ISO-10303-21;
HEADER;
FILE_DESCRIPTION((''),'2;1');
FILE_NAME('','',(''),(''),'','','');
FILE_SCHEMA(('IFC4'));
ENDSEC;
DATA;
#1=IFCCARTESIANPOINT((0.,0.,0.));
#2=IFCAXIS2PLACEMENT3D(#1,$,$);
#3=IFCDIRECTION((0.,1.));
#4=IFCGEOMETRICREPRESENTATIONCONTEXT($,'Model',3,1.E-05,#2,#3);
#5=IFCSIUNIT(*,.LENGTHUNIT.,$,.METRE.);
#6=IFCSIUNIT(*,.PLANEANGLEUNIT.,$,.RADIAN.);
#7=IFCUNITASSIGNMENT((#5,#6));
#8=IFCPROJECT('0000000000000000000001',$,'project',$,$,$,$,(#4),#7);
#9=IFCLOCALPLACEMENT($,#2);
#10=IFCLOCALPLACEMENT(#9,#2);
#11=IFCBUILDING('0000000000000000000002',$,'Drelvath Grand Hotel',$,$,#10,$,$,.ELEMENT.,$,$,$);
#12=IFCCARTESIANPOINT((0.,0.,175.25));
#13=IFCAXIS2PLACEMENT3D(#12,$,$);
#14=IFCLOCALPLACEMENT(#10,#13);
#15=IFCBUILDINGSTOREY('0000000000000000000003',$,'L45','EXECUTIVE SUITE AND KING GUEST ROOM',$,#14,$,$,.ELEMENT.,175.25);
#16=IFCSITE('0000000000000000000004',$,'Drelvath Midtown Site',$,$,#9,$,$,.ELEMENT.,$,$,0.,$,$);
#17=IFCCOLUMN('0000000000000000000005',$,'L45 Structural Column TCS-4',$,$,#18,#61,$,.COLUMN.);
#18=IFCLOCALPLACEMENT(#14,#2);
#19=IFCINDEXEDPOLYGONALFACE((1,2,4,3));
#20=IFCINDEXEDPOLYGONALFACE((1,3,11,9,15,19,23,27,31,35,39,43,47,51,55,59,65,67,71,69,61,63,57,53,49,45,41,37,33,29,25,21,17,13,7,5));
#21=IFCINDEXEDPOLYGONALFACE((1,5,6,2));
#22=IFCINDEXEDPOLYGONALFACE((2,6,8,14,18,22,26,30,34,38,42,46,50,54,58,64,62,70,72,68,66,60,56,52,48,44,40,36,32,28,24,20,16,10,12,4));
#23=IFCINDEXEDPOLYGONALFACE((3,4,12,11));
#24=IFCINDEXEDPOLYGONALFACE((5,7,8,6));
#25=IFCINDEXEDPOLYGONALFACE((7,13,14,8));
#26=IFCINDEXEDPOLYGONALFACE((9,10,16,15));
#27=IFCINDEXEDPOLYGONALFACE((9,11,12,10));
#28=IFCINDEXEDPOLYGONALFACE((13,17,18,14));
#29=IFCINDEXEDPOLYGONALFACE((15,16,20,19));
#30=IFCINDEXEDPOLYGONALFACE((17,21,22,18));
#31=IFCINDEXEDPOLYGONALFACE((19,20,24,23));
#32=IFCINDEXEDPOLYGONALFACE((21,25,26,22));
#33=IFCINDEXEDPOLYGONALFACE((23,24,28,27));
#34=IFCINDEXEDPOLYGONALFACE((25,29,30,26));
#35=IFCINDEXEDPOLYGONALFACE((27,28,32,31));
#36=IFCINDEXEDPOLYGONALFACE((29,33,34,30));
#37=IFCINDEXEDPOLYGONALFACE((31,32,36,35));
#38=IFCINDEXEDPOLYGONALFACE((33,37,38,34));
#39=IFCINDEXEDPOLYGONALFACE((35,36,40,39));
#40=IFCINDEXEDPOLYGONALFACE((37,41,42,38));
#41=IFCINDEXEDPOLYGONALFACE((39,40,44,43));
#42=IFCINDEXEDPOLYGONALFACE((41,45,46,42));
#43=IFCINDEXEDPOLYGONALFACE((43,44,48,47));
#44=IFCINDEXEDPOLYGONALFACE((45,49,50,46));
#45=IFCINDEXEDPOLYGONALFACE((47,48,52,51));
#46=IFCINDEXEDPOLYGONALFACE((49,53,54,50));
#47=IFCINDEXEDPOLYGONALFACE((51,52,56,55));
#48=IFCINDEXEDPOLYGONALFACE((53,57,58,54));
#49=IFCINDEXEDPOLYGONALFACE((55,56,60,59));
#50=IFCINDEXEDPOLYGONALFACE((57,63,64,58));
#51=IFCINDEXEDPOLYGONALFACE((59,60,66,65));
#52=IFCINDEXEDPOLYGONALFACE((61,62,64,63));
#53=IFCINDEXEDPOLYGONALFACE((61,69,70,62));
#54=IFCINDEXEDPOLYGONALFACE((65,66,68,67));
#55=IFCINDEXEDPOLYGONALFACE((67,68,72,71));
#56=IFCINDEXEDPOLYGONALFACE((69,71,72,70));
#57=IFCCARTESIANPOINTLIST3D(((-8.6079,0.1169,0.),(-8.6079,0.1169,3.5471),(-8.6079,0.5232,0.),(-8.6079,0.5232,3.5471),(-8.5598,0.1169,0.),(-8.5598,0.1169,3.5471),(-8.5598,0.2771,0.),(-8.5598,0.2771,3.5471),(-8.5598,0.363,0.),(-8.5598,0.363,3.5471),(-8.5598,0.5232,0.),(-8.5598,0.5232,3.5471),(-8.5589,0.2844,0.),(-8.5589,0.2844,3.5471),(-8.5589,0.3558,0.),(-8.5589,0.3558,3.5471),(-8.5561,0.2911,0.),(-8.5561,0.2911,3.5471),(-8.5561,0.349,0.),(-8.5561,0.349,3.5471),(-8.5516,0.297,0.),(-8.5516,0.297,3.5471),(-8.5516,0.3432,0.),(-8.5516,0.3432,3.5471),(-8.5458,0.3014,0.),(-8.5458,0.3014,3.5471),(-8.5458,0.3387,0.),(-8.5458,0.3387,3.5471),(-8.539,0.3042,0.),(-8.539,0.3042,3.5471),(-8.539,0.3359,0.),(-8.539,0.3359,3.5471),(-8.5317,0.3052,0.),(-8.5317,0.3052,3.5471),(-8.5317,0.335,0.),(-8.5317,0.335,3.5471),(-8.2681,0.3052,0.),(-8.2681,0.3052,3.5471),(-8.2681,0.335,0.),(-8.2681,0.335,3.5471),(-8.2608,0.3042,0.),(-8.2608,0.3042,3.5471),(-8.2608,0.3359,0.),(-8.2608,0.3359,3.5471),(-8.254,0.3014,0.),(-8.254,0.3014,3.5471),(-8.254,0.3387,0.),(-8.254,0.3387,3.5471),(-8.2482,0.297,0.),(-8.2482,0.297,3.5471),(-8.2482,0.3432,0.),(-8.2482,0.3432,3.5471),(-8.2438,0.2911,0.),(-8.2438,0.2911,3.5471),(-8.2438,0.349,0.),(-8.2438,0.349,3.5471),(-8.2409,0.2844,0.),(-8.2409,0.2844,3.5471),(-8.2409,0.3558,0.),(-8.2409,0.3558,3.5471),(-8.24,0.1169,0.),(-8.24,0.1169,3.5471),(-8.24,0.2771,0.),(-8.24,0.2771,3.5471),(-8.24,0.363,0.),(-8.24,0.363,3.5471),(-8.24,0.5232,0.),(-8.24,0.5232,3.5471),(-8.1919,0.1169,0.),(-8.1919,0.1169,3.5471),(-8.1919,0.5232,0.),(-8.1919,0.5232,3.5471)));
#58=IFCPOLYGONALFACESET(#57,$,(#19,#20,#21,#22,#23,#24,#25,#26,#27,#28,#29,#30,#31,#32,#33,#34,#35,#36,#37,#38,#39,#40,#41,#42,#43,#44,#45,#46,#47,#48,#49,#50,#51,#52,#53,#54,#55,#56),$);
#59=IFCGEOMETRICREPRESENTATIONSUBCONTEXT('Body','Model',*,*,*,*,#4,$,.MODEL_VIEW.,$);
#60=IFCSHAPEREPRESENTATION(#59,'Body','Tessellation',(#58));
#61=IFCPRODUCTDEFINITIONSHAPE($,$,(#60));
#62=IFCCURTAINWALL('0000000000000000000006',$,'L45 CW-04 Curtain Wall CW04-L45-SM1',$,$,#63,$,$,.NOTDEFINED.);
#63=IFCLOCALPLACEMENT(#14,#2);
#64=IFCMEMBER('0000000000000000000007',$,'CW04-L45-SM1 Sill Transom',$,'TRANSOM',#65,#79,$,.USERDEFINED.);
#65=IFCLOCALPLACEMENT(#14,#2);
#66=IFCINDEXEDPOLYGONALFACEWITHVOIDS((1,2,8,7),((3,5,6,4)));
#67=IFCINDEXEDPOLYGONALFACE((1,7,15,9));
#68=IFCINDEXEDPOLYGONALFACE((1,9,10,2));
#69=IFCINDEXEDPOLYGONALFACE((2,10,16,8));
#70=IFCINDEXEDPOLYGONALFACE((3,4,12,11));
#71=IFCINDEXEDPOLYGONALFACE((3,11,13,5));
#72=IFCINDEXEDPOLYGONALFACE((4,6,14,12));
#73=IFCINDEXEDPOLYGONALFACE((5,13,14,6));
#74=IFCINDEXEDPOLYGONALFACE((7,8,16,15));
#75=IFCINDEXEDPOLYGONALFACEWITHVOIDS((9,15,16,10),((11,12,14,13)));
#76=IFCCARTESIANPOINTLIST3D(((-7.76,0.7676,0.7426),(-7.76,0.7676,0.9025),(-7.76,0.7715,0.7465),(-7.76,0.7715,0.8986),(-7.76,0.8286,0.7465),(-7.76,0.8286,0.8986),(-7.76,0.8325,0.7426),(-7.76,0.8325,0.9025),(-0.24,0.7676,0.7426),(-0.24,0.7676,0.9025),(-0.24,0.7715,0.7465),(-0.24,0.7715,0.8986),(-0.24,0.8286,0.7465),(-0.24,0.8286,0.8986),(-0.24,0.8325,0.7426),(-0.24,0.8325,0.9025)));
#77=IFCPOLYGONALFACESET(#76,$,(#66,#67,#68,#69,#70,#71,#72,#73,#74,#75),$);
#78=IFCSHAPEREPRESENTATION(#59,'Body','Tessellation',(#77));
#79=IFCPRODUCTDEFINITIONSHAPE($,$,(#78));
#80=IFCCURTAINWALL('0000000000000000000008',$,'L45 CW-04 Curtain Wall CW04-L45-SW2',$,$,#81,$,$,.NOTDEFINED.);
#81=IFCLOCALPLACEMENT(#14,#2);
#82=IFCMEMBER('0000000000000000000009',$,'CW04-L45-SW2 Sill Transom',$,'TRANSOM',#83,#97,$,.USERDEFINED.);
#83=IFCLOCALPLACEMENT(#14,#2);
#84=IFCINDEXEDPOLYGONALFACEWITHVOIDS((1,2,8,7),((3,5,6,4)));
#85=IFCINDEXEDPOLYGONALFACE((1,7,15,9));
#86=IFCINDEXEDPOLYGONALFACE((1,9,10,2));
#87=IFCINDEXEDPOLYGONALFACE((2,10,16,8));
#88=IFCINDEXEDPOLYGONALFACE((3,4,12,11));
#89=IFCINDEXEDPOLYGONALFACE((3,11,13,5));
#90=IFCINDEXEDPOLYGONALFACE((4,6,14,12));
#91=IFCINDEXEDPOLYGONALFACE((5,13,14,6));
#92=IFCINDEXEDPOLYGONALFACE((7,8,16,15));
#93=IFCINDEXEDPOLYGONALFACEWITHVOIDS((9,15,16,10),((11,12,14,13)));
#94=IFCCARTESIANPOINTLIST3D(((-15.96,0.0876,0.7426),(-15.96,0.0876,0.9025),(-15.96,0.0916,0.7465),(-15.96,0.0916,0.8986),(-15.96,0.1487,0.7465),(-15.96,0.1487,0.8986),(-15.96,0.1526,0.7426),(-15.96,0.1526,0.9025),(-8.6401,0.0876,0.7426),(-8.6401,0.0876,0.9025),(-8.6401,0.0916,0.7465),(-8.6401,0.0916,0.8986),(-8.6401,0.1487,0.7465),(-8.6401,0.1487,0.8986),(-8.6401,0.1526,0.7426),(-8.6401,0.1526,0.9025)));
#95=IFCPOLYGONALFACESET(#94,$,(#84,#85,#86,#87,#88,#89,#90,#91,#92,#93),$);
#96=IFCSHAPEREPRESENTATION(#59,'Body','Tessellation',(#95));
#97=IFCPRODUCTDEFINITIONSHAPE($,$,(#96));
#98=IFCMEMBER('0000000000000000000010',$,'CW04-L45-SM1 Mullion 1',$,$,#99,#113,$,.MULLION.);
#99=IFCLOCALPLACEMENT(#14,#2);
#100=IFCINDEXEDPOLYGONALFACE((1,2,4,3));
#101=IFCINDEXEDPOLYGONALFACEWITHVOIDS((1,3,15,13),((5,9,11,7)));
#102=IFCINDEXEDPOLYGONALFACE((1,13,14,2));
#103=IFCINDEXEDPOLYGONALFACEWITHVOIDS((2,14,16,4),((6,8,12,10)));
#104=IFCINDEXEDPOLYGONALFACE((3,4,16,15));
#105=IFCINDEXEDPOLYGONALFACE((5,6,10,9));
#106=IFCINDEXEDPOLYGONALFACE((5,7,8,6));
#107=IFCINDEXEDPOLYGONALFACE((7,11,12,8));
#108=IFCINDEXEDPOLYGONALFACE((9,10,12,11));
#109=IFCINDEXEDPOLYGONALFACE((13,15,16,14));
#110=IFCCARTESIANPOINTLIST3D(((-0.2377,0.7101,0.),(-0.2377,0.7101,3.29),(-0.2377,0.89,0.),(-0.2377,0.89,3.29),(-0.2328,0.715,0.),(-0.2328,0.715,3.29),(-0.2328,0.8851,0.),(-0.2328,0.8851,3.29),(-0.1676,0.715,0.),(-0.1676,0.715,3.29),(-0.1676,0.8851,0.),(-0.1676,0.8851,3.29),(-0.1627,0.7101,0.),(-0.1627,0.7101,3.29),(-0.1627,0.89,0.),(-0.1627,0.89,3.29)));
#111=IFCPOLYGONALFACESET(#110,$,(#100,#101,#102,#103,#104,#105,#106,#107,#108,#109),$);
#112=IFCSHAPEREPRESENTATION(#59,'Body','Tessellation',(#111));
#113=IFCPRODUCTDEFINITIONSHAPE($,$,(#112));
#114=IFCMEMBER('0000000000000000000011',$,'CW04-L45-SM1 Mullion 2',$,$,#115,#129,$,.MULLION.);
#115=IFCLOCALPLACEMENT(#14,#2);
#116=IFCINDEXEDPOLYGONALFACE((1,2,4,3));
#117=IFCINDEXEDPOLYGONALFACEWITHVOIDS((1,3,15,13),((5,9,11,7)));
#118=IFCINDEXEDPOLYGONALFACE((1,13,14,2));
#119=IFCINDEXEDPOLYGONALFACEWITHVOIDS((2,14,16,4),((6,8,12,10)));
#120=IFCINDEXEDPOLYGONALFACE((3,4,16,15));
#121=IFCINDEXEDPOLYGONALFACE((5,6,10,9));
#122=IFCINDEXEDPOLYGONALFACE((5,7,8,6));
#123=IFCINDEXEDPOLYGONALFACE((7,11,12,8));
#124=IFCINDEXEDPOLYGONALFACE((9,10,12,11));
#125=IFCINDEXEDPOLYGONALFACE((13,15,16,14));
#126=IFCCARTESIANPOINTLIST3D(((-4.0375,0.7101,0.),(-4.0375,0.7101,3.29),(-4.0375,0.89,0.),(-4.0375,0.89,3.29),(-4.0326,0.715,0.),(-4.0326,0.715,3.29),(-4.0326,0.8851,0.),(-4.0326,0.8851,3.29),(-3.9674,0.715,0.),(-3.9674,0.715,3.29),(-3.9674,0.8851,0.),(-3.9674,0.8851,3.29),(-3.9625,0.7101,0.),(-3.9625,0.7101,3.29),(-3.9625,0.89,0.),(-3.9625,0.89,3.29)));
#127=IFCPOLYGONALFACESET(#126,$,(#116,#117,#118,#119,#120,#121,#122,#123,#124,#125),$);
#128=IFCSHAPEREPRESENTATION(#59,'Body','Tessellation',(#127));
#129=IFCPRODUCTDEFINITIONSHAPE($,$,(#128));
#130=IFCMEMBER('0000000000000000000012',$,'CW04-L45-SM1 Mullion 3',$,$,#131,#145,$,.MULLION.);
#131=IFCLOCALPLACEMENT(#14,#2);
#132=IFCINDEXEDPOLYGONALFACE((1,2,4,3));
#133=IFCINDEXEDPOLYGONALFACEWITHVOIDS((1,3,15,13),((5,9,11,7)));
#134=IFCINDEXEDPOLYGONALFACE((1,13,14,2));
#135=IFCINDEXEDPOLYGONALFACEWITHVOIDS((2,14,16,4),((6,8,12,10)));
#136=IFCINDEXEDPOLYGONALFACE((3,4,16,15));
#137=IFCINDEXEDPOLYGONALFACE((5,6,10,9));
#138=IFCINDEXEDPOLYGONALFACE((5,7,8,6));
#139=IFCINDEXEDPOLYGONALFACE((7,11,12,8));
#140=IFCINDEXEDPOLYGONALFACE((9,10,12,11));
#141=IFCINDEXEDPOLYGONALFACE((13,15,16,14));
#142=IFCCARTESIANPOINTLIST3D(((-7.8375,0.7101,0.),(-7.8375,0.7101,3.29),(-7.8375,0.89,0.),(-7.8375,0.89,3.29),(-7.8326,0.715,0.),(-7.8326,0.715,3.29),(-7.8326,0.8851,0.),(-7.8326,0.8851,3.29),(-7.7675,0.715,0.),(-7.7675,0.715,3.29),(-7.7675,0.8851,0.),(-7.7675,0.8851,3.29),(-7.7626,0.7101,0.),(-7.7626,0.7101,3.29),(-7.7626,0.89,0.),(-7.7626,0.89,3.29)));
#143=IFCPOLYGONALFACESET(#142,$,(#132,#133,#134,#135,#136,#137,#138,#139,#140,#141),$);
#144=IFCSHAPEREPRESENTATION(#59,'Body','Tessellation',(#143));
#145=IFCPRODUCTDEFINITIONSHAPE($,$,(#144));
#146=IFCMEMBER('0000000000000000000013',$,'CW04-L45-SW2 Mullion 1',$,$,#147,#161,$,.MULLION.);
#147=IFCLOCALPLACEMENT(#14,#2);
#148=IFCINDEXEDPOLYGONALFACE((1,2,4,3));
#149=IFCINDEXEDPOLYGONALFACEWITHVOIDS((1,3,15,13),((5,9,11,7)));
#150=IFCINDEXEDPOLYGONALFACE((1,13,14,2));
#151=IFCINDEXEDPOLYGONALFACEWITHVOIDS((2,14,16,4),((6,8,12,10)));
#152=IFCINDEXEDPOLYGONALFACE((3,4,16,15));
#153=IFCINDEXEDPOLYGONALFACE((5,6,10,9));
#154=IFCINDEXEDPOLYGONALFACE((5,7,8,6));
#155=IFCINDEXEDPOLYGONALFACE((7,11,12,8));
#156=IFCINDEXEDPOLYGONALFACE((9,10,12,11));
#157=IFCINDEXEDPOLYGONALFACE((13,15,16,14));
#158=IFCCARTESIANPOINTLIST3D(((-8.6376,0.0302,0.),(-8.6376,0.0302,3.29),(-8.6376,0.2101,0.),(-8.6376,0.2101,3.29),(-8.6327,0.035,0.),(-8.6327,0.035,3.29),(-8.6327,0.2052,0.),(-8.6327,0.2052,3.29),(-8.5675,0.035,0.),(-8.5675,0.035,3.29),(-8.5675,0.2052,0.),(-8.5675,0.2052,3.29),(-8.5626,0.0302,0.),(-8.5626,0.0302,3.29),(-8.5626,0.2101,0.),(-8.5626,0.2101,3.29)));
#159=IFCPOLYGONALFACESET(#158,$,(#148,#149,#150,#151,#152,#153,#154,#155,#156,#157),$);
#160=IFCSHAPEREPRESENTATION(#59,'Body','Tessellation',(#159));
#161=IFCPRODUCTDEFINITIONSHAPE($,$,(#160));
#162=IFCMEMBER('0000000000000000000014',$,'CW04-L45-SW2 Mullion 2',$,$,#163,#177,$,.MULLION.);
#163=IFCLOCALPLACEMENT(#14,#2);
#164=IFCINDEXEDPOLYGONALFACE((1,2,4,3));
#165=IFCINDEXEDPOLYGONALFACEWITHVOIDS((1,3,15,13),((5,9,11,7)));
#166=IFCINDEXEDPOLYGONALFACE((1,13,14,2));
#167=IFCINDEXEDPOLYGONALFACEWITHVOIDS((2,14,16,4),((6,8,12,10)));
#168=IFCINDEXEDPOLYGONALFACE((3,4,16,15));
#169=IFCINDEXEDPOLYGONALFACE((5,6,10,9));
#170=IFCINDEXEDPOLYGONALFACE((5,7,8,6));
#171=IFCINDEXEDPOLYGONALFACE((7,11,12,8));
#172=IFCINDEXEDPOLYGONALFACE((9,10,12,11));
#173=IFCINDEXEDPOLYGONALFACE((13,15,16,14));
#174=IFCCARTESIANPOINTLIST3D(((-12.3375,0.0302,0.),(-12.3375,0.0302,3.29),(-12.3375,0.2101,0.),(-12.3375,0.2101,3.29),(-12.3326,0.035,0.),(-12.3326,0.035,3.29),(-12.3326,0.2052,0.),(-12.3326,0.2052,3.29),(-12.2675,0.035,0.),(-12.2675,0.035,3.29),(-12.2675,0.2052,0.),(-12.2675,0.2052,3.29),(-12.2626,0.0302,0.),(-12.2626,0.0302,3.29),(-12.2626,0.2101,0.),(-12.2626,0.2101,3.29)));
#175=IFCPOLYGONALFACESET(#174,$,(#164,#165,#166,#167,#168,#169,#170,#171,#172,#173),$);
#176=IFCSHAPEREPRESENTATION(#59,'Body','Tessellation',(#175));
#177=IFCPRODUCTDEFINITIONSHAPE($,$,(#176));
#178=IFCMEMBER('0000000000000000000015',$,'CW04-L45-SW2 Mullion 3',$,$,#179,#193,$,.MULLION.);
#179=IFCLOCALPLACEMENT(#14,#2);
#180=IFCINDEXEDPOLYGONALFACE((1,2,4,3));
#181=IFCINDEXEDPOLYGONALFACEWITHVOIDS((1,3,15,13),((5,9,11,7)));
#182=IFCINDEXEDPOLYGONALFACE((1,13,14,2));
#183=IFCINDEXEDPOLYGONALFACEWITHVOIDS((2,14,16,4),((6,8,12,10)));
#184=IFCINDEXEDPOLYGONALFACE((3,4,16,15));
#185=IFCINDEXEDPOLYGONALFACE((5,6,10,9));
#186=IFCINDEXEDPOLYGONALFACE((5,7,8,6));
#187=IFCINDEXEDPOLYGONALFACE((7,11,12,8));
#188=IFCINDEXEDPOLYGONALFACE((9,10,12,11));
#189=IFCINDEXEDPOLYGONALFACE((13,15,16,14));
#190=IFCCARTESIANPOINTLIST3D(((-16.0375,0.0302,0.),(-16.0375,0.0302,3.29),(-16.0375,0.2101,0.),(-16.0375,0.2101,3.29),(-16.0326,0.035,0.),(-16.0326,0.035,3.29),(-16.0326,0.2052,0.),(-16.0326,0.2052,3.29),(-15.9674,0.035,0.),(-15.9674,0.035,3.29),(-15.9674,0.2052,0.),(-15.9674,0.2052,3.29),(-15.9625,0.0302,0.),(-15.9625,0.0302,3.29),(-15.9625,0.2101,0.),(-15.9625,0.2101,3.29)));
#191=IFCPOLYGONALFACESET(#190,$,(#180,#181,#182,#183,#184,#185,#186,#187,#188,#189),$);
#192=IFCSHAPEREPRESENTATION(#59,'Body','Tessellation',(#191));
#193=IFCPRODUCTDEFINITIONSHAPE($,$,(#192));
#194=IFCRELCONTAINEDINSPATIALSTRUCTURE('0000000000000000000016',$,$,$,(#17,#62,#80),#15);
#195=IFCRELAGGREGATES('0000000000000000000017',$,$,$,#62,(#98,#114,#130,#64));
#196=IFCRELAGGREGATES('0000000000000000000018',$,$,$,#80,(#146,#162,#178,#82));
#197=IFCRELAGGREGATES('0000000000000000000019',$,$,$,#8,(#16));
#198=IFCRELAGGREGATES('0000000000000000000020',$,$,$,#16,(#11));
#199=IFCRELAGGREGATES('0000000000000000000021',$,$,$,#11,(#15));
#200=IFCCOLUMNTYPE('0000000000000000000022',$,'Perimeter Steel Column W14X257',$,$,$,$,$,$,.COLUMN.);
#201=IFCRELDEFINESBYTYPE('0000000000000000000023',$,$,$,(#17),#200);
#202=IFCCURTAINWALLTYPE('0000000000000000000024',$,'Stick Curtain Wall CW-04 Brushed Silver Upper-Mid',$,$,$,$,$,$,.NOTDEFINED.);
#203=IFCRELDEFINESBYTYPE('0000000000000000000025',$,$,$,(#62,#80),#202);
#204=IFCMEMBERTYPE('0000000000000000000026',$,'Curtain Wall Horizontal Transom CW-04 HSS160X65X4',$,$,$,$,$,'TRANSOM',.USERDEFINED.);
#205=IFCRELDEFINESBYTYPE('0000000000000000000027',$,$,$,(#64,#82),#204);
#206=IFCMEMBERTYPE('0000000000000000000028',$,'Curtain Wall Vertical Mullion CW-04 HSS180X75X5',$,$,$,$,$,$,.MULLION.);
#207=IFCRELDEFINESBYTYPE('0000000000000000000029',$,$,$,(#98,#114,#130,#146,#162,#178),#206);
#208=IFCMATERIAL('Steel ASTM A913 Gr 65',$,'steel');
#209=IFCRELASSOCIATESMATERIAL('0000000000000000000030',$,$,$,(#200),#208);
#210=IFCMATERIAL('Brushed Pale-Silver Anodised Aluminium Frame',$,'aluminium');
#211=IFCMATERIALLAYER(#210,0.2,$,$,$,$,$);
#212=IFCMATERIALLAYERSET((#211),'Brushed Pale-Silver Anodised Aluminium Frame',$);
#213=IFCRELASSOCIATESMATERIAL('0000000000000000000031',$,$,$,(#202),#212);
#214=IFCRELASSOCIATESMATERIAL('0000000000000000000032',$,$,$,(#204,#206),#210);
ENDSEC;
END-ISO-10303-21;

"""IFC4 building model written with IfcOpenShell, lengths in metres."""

from ifc_helpers import new_model, si_unit, direction, frame, origin, origin_2d, place, context, subcontext, project, spatial, hollow_rectangle, i_section, extrude, material, layer, layer_set, material_profile, profile_set, type_object, element, aggregate, save


model = new_model("IFC4")

# Units and contexts
model_context = context("Model", 3, precision=1e-05, world=origin(), true_north=direction((0.0, 1.0)))
body_context = subcontext(model_context, "Body", "Model", "MODEL_VIEW")
ifc_project = project(units=[si_unit("LENGTHUNIT", "METRE"), si_unit("PLANEANGLEUNIT", "RADIAN")], contexts=[model_context])

# Site, building, storey
site_placement = place(None, origin())
site = spatial("IfcSite", under=ifc_project, at=site_placement, Name="Drelvath Midtown Site", CompositionType="ELEMENT", RefElevation=0.0)
building_placement = place(site_placement, origin())
building = spatial("IfcBuilding", under=site, at=building_placement, Name="Drelvath Grand Hotel", CompositionType="ELEMENT")
storey_placement = place(building_placement, frame((0.0, 0.0, 175.25)))
storey = spatial("IfcBuildingStorey", under=building, at=storey_placement, Name="L45", Description="EXECUTIVE SUITE AND KING GUEST ROOM", CompositionType="ELEMENT", Elevation=175.25)

# Column
ifc_material_1 = material(Name="Steel ASTM A913 Gr 65", Category="steel")
ifc_material_profile_1 = material_profile(ifc_material_1, i_section(OverallWidth=0.4062, OverallDepth=0.416, WebThickness=0.0298, FlangeThickness=0.0481, FilletRadius=0.0281, at=origin_2d()), Name="W14X257")
ifc_profile_set_1 = profile_set([ifc_material_profile_1], Name="Steel ASTM A913 Gr 65")
column_type = type_object("IfcColumnType", Name="Perimeter Steel Column W14X257", PredefinedType="COLUMN", material=ifc_profile_set_1)
column_placement = place(storey_placement, frame((-8.3999, 0.3201, 0.0), z_axis=(0.0, 0.0, 1.0), x_axis=(0.0, 1.0, 0.0)))
element("IfcColumn", 1, at=column_placement, inside=storey, type_object=column_type, Name="L45 Structural Column TCS-4", PredefinedType="COLUMN", context=body_context, shape_type="SweptSolid", body=[
    extrude(i_section(OverallWidth=0.4062, OverallDepth=0.416, WebThickness=0.0298, FlangeThickness=0.0481, FilletRadius=0.0281, at=origin_2d()), origin(), (0.0, 0.0, 1.0), 3.5471),
])

# Curtain walls, members
ifc_material_2 = material(Name="Brushed Pale-Silver Anodised Aluminium Frame", Category="aluminium")
ifc_layer_1 = layer(ifc_material_2, 0.2)
ifc_layer_set_1 = layer_set([ifc_layer_1], Name="Brushed Pale-Silver Anodised Aluminium Frame")
curtain_wall_type = type_object("IfcCurtainWallType", Name="Stick Curtain Wall CW-04 Brushed Silver Upper-Mid", PredefinedType="NOTDEFINED", material=ifc_layer_set_1)
curtain_wall_1_placement = place(storey_placement, origin())
curtain_wall_1 = element("IfcCurtainWall", 2, at=curtain_wall_1_placement, inside=storey, type_object=curtain_wall_type, Name="L45 CW-04 Curtain Wall CW04-L45-SM1", PredefinedType="NOTDEFINED")
ifc_material_profile_2 = material_profile(ifc_material_2, hollow_rectangle(XDim=0.0649, YDim=0.1599, WallThickness=0.0039, at=origin_2d()), Name="HSS160X65X4")
ifc_profile_set_2 = profile_set([ifc_material_profile_2], Name="Brushed Pale-Silver Anodised Aluminium Frame")
member_type_1 = type_object("IfcMemberType", Name="Curtain Wall Horizontal Transom CW-04 HSS160X65X4", ElementType="TRANSOM", PredefinedType="USERDEFINED", material=ifc_profile_set_2)
member_1_placement = place(storey_placement, frame((-0.24, 0.8, 0.8225), z_axis=(-1.0, 0.0, 0.0), x_axis=(0.0, -1.0, 0.0)))
member_1 = element("IfcMember", 3, at=member_1_placement, type_object=member_type_1, Name="CW04-L45-SM1 Sill Transom", ObjectType="TRANSOM", PredefinedType="USERDEFINED", context=body_context, shape_type="SweptSolid", body=[
    extrude(hollow_rectangle(XDim=0.0649, YDim=0.1599, WallThickness=0.0039, at=origin_2d()), origin(), (0.0, 0.0, 1.0), 7.52),
])
curtain_wall_2_placement = place(storey_placement, origin())
curtain_wall_2 = element("IfcCurtainWall", 4, at=curtain_wall_2_placement, inside=storey, type_object=curtain_wall_type, Name="L45 CW-04 Curtain Wall CW04-L45-SW2", PredefinedType="NOTDEFINED")
member_2_placement = place(storey_placement, frame((-8.6401, 0.1201, 0.8225), z_axis=(-1.0, 0.0, 0.0), x_axis=(0.0, -1.0, 0.0)))
member_2 = element("IfcMember", 5, at=member_2_placement, type_object=member_type_1, Name="CW04-L45-SW2 Sill Transom", ObjectType="TRANSOM", PredefinedType="USERDEFINED", context=body_context, shape_type="SweptSolid", body=[
    extrude(hollow_rectangle(XDim=0.0649, YDim=0.1599, WallThickness=0.0039, at=origin_2d()), origin(), (0.0, 0.0, 1.0), 7.3198),
])

# Members
ifc_material_profile_3 = material_profile(ifc_material_2, hollow_rectangle(XDim=0.075, YDim=0.1799, WallThickness=0.0049, at=origin_2d()), Name="HSS180X75X5")
ifc_profile_set_3 = profile_set([ifc_material_profile_3], Name="Brushed Pale-Silver Anodised Aluminium Frame")
member_type_2 = type_object("IfcMemberType", Name="Curtain Wall Vertical Mullion CW-04 HSS180X75X5", PredefinedType="MULLION", material=ifc_profile_set_3)
member_3_placement = place(storey_placement, frame((-0.2002, 0.8, 0.0), z_axis=(0.0, 0.0, 1.0), x_axis=(1.0, 0.0, 0.0)))
member_3 = element("IfcMember", 6, at=member_3_placement, type_object=member_type_2, Name="CW04-L45-SM1 Mullion 1", PredefinedType="MULLION", context=body_context, shape_type="SweptSolid", body=[
    extrude(hollow_rectangle(XDim=0.075, YDim=0.1799, WallThickness=0.0049, at=origin_2d()), origin(), (0.0, 0.0, 1.0), 3.29),
])
member_4_placement = place(storey_placement, frame((-4.0, 0.8, 0.0), z_axis=(0.0, 0.0, 1.0), x_axis=(1.0, 0.0, 0.0)))
member_4 = element("IfcMember", 7, at=member_4_placement, type_object=member_type_2, Name="CW04-L45-SM1 Mullion 2", PredefinedType="MULLION", context=body_context, shape_type="SweptSolid", body=[
    extrude(hollow_rectangle(XDim=0.075, YDim=0.1799, WallThickness=0.0049, at=origin_2d()), origin(), (0.0, 0.0, 1.0), 3.29),
])
member_5_placement = place(storey_placement, frame((-7.8, 0.8, 0.0), z_axis=(0.0, 0.0, 1.0), x_axis=(1.0, 0.0, 0.0)))
member_5 = element("IfcMember", 8, at=member_5_placement, type_object=member_type_2, Name="CW04-L45-SM1 Mullion 3", PredefinedType="MULLION", context=body_context, shape_type="SweptSolid", body=[
    extrude(hollow_rectangle(XDim=0.075, YDim=0.1799, WallThickness=0.0049, at=origin_2d()), origin(), (0.0, 0.0, 1.0), 3.29),
])
member_6_placement = place(storey_placement, frame((-8.6001, 0.1201, 0.0), z_axis=(0.0, 0.0, 1.0), x_axis=(1.0, 0.0, 0.0)))
member_6 = element("IfcMember", 9, at=member_6_placement, type_object=member_type_2, Name="CW04-L45-SW2 Mullion 1", PredefinedType="MULLION", context=body_context, shape_type="SweptSolid", body=[
    extrude(hollow_rectangle(XDim=0.075, YDim=0.1799, WallThickness=0.0049, at=origin_2d()), origin(), (0.0, 0.0, 1.0), 3.29),
])
member_7_placement = place(storey_placement, frame((-12.3, 0.1201, 0.0), z_axis=(0.0, 0.0, 1.0), x_axis=(1.0, 0.0, 0.0)))
member_7 = element("IfcMember", 10, at=member_7_placement, type_object=member_type_2, Name="CW04-L45-SW2 Mullion 2", PredefinedType="MULLION", context=body_context, shape_type="SweptSolid", body=[
    extrude(hollow_rectangle(XDim=0.075, YDim=0.1799, WallThickness=0.0049, at=origin_2d()), origin(), (0.0, 0.0, 1.0), 3.29),
])
member_8_placement = place(storey_placement, frame((-16.0, 0.1201, 0.0), z_axis=(0.0, 0.0, 1.0), x_axis=(1.0, 0.0, 0.0)))
member_8 = element("IfcMember", 11, at=member_8_placement, type_object=member_type_2, Name="CW04-L45-SW2 Mullion 3", PredefinedType="MULLION", context=body_context, shape_type="SweptSolid", body=[
    extrude(hollow_rectangle(XDim=0.075, YDim=0.1799, WallThickness=0.0049, at=origin_2d()), origin(), (0.0, 0.0, 1.0), 3.29),
])

aggregate(curtain_wall_1, [member_3, member_4, member_5, member_1])
aggregate(curtain_wall_2, [member_6, member_7, member_8, member_2])

save(model, "model.ifc")
